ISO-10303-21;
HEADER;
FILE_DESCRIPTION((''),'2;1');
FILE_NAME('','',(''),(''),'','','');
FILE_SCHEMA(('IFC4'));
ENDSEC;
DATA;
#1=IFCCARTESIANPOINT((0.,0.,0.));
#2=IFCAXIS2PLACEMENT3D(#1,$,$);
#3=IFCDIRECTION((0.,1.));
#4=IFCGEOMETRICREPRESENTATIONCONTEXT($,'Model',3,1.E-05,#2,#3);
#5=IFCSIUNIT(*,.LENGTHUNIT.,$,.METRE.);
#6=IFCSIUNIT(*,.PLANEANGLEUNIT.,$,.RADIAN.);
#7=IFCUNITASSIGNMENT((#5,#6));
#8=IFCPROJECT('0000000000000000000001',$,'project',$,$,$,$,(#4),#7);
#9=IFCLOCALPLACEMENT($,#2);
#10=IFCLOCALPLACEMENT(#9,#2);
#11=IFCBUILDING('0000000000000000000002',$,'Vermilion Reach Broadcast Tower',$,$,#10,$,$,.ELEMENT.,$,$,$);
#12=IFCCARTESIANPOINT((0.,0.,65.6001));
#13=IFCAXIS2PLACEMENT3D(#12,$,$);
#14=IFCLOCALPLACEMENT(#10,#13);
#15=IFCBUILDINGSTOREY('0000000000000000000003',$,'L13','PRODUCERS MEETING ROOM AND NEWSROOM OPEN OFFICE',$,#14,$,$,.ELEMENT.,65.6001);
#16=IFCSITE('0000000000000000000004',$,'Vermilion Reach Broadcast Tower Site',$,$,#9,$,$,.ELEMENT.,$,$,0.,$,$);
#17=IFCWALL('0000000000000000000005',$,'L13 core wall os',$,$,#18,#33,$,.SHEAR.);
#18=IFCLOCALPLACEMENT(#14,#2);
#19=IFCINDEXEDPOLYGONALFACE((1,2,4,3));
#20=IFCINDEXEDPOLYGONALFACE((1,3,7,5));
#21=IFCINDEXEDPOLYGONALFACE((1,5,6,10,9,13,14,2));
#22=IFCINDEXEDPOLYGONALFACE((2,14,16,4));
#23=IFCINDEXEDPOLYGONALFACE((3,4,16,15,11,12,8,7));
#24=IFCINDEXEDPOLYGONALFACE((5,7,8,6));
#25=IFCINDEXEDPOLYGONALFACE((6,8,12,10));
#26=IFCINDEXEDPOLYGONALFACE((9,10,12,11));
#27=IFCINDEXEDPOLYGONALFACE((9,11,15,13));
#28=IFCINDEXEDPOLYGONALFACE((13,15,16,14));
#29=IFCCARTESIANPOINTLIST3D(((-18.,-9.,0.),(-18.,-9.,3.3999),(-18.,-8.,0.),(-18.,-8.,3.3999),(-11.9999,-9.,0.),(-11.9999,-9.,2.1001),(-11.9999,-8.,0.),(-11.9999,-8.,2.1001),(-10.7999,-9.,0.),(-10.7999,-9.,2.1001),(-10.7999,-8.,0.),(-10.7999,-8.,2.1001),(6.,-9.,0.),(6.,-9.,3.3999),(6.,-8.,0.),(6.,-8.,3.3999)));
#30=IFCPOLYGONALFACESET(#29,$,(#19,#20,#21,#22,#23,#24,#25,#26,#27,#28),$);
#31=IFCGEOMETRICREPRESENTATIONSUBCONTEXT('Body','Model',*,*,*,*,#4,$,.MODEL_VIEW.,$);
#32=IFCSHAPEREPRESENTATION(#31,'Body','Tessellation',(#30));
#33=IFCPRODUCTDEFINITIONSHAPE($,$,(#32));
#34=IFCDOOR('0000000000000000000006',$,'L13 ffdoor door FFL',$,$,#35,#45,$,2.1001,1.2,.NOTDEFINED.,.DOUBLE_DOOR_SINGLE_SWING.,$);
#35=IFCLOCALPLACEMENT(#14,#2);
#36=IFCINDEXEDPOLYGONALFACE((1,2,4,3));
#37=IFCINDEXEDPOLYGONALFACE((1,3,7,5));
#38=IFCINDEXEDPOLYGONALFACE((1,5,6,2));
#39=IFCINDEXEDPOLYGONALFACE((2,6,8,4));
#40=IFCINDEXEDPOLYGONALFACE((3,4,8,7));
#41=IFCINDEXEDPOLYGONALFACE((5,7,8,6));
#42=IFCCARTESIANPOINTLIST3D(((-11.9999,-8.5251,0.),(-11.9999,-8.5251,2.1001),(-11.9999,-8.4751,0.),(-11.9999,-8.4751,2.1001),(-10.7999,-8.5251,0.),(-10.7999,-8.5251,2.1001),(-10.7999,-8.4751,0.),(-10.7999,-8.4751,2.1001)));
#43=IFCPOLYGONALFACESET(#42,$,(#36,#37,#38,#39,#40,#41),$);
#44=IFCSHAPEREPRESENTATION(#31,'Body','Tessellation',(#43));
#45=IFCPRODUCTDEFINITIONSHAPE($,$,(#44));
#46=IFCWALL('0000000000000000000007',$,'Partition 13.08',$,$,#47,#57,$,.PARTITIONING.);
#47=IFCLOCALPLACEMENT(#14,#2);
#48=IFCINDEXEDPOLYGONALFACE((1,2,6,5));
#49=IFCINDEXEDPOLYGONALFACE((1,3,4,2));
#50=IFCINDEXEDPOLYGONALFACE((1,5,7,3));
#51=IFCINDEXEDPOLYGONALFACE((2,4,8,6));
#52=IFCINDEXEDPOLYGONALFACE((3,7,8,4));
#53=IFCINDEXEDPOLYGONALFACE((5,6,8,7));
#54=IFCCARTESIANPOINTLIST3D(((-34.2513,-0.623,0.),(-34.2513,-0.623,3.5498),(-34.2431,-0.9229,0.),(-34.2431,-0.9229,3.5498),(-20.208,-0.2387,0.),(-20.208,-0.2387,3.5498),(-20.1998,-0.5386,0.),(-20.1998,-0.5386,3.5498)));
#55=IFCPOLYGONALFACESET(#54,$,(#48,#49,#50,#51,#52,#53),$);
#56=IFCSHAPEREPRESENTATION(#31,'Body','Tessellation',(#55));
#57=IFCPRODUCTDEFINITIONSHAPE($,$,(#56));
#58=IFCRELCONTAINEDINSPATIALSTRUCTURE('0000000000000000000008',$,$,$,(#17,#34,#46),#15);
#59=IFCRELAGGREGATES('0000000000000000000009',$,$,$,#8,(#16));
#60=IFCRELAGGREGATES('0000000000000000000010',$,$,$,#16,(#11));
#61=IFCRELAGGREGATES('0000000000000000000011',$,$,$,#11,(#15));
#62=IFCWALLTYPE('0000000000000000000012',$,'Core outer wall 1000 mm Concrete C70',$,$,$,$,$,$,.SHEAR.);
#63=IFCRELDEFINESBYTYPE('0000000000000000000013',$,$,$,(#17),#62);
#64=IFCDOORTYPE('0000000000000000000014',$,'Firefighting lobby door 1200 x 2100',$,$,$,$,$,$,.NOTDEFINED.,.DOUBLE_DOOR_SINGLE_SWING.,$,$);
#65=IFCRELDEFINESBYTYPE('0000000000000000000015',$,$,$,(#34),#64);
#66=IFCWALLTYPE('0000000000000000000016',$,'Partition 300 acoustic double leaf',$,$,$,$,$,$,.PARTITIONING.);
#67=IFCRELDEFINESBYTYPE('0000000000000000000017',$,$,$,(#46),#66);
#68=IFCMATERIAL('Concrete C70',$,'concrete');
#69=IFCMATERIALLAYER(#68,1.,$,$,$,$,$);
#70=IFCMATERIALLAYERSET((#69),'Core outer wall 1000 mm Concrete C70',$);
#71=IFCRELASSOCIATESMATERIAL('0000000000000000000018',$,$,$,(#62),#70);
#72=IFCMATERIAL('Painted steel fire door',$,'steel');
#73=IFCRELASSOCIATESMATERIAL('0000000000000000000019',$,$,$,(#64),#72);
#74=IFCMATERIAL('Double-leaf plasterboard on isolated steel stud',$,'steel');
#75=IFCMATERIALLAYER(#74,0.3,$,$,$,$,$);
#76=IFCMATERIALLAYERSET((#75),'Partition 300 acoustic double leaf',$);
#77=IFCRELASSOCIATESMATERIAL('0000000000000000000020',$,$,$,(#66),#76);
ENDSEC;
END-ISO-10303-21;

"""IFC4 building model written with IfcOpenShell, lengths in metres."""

from ifc_helpers import new_model, si_unit, direction, frame, frame_2d, origin, place, context, subcontext, project, spatial, rectangle, extrude, material, layer, layer_set, type_object, element, fill, save


model = new_model("IFC4")

# Units and contexts
model_context = context("Model", 3, precision=1e-05, world=origin(), true_north=direction((0.0, 1.0)))
body_context = subcontext(model_context, "Body", "Model", "MODEL_VIEW")
ifc_project = project(units=[si_unit("LENGTHUNIT", "METRE"), si_unit("PLANEANGLEUNIT", "RADIAN")], contexts=[model_context])

# Site, building, storey
site_placement = place(None, origin())
site = spatial("IfcSite", under=ifc_project, at=site_placement, Name="Vermilion Reach Broadcast Tower Site", CompositionType="ELEMENT", RefElevation=0.0)
building_placement = place(site_placement, origin())
building = spatial("IfcBuilding", under=site, at=building_placement, Name="Vermilion Reach Broadcast Tower", CompositionType="ELEMENT")
storey_placement = place(building_placement, frame((0.0, 0.0, 65.6001)))
storey = spatial("IfcBuildingStorey", under=building, at=storey_placement, Name="L13", Description="PRODUCERS MEETING ROOM AND NEWSROOM OPEN OFFICE", CompositionType="ELEMENT", Elevation=65.6001)

# Wall, opening, door
ifc_material_1 = material(Name="Concrete C70", Category="concrete")
ifc_layer_1 = layer(ifc_material_1, 1.0)
ifc_layer_set_1 = layer_set([ifc_layer_1], Name="Core outer wall 1000 mm Concrete C70")
wall_type_1 = type_object("IfcWallType", Name="Core outer wall 1000 mm Concrete C70", PredefinedType="SHEAR", material=ifc_layer_set_1)
wall_1_placement = place(storey_placement, frame((-18.0, -8.5, 0.0), z_axis=(0.0, 0.0, 1.0), x_axis=(1.0, 0.0, 0.0)))
wall_1 = element("IfcWall", 1, at=wall_1_placement, inside=storey, type_object=wall_type_1, Name="L13 core wall os", PredefinedType="SHEAR", context=body_context, shape_type="SweptSolid", body=[
    extrude(rectangle(XDim=24.0, YDim=1.0, at=frame_2d((12.0, 0.0))), origin(), (0.0, 0.0, 1.0), 3.3999),
])
opening_placement = place(wall_1_placement, frame((6.0, 0.0, 0.0)))
opening = element("IfcOpeningElement", 2, at=opening_placement, cuts=wall_1, PredefinedType="OPENING", context=body_context, shape_type="SweptSolid", body=[
    extrude(rectangle(XDim=1.2, YDim=2.1001, at=frame_2d((0.6001, 1.05))), frame((0.0, 0.51, 0.0), z_axis=(0.0, -1.0, 0.0), x_axis=(1.0, 0.0, 0.0)), (0.0, 0.0, 1.0), 1.02),
])
ifc_material_2 = material(Name="Painted steel fire door", Category="steel")
door_type = type_object("IfcDoorType", Name="Firefighting lobby door 1200 x 2100", OperationType="DOUBLE_DOOR_SINGLE_SWING", PredefinedType="NOTDEFINED", material=ifc_material_2)
door_placement = place(opening_placement, origin())
door = element("IfcDoor", 3, at=door_placement, inside=storey, type_object=door_type, Name="L13 ffdoor door FFL", OperationType="DOUBLE_DOOR_SINGLE_SWING", OverallHeight=2.1001, OverallWidth=1.2, PredefinedType="NOTDEFINED", context=body_context, shape_type="SweptSolid", body=[
    extrude(rectangle(XDim=1.2, YDim=2.1001, at=frame_2d((0.6001, 1.05))), frame((0.0, 0.0249, 0.0), z_axis=(0.0, -1.0, 0.0), x_axis=(1.0, 0.0, 0.0)), (0.0, 0.0, 1.0), 0.05),
])
fill(opening, door)

# Wall
ifc_material_3 = material(Name="Double-leaf plasterboard on isolated steel stud", Category="steel")
ifc_layer_2 = layer(ifc_material_3, 0.3)
ifc_layer_set_2 = layer_set([ifc_layer_2], Name="Partition 300 acoustic double leaf")
wall_type_2 = type_object("IfcWallType", Name="Partition 300 acoustic double leaf", PredefinedType="PARTITIONING", material=ifc_layer_set_2)
wall_2_placement = place(storey_placement, frame((-34.2473, -0.7729, 0.0), z_axis=(0.0, 0.0, 1.0), x_axis=(0.999626, 0.027354, 0.0)))
element("IfcWall", 4, at=wall_2_placement, inside=storey, type_object=wall_type_2, Name="Partition 13.08", PredefinedType="PARTITIONING", context=body_context, shape_type="SweptSolid", body=[
    extrude(rectangle(XDim=14.0486, YDim=0.3, at=frame_2d((7.0244, 0.0))), origin(), (0.0, 0.0, 1.0), 3.5498),
])

save(model, "model.ifc")
